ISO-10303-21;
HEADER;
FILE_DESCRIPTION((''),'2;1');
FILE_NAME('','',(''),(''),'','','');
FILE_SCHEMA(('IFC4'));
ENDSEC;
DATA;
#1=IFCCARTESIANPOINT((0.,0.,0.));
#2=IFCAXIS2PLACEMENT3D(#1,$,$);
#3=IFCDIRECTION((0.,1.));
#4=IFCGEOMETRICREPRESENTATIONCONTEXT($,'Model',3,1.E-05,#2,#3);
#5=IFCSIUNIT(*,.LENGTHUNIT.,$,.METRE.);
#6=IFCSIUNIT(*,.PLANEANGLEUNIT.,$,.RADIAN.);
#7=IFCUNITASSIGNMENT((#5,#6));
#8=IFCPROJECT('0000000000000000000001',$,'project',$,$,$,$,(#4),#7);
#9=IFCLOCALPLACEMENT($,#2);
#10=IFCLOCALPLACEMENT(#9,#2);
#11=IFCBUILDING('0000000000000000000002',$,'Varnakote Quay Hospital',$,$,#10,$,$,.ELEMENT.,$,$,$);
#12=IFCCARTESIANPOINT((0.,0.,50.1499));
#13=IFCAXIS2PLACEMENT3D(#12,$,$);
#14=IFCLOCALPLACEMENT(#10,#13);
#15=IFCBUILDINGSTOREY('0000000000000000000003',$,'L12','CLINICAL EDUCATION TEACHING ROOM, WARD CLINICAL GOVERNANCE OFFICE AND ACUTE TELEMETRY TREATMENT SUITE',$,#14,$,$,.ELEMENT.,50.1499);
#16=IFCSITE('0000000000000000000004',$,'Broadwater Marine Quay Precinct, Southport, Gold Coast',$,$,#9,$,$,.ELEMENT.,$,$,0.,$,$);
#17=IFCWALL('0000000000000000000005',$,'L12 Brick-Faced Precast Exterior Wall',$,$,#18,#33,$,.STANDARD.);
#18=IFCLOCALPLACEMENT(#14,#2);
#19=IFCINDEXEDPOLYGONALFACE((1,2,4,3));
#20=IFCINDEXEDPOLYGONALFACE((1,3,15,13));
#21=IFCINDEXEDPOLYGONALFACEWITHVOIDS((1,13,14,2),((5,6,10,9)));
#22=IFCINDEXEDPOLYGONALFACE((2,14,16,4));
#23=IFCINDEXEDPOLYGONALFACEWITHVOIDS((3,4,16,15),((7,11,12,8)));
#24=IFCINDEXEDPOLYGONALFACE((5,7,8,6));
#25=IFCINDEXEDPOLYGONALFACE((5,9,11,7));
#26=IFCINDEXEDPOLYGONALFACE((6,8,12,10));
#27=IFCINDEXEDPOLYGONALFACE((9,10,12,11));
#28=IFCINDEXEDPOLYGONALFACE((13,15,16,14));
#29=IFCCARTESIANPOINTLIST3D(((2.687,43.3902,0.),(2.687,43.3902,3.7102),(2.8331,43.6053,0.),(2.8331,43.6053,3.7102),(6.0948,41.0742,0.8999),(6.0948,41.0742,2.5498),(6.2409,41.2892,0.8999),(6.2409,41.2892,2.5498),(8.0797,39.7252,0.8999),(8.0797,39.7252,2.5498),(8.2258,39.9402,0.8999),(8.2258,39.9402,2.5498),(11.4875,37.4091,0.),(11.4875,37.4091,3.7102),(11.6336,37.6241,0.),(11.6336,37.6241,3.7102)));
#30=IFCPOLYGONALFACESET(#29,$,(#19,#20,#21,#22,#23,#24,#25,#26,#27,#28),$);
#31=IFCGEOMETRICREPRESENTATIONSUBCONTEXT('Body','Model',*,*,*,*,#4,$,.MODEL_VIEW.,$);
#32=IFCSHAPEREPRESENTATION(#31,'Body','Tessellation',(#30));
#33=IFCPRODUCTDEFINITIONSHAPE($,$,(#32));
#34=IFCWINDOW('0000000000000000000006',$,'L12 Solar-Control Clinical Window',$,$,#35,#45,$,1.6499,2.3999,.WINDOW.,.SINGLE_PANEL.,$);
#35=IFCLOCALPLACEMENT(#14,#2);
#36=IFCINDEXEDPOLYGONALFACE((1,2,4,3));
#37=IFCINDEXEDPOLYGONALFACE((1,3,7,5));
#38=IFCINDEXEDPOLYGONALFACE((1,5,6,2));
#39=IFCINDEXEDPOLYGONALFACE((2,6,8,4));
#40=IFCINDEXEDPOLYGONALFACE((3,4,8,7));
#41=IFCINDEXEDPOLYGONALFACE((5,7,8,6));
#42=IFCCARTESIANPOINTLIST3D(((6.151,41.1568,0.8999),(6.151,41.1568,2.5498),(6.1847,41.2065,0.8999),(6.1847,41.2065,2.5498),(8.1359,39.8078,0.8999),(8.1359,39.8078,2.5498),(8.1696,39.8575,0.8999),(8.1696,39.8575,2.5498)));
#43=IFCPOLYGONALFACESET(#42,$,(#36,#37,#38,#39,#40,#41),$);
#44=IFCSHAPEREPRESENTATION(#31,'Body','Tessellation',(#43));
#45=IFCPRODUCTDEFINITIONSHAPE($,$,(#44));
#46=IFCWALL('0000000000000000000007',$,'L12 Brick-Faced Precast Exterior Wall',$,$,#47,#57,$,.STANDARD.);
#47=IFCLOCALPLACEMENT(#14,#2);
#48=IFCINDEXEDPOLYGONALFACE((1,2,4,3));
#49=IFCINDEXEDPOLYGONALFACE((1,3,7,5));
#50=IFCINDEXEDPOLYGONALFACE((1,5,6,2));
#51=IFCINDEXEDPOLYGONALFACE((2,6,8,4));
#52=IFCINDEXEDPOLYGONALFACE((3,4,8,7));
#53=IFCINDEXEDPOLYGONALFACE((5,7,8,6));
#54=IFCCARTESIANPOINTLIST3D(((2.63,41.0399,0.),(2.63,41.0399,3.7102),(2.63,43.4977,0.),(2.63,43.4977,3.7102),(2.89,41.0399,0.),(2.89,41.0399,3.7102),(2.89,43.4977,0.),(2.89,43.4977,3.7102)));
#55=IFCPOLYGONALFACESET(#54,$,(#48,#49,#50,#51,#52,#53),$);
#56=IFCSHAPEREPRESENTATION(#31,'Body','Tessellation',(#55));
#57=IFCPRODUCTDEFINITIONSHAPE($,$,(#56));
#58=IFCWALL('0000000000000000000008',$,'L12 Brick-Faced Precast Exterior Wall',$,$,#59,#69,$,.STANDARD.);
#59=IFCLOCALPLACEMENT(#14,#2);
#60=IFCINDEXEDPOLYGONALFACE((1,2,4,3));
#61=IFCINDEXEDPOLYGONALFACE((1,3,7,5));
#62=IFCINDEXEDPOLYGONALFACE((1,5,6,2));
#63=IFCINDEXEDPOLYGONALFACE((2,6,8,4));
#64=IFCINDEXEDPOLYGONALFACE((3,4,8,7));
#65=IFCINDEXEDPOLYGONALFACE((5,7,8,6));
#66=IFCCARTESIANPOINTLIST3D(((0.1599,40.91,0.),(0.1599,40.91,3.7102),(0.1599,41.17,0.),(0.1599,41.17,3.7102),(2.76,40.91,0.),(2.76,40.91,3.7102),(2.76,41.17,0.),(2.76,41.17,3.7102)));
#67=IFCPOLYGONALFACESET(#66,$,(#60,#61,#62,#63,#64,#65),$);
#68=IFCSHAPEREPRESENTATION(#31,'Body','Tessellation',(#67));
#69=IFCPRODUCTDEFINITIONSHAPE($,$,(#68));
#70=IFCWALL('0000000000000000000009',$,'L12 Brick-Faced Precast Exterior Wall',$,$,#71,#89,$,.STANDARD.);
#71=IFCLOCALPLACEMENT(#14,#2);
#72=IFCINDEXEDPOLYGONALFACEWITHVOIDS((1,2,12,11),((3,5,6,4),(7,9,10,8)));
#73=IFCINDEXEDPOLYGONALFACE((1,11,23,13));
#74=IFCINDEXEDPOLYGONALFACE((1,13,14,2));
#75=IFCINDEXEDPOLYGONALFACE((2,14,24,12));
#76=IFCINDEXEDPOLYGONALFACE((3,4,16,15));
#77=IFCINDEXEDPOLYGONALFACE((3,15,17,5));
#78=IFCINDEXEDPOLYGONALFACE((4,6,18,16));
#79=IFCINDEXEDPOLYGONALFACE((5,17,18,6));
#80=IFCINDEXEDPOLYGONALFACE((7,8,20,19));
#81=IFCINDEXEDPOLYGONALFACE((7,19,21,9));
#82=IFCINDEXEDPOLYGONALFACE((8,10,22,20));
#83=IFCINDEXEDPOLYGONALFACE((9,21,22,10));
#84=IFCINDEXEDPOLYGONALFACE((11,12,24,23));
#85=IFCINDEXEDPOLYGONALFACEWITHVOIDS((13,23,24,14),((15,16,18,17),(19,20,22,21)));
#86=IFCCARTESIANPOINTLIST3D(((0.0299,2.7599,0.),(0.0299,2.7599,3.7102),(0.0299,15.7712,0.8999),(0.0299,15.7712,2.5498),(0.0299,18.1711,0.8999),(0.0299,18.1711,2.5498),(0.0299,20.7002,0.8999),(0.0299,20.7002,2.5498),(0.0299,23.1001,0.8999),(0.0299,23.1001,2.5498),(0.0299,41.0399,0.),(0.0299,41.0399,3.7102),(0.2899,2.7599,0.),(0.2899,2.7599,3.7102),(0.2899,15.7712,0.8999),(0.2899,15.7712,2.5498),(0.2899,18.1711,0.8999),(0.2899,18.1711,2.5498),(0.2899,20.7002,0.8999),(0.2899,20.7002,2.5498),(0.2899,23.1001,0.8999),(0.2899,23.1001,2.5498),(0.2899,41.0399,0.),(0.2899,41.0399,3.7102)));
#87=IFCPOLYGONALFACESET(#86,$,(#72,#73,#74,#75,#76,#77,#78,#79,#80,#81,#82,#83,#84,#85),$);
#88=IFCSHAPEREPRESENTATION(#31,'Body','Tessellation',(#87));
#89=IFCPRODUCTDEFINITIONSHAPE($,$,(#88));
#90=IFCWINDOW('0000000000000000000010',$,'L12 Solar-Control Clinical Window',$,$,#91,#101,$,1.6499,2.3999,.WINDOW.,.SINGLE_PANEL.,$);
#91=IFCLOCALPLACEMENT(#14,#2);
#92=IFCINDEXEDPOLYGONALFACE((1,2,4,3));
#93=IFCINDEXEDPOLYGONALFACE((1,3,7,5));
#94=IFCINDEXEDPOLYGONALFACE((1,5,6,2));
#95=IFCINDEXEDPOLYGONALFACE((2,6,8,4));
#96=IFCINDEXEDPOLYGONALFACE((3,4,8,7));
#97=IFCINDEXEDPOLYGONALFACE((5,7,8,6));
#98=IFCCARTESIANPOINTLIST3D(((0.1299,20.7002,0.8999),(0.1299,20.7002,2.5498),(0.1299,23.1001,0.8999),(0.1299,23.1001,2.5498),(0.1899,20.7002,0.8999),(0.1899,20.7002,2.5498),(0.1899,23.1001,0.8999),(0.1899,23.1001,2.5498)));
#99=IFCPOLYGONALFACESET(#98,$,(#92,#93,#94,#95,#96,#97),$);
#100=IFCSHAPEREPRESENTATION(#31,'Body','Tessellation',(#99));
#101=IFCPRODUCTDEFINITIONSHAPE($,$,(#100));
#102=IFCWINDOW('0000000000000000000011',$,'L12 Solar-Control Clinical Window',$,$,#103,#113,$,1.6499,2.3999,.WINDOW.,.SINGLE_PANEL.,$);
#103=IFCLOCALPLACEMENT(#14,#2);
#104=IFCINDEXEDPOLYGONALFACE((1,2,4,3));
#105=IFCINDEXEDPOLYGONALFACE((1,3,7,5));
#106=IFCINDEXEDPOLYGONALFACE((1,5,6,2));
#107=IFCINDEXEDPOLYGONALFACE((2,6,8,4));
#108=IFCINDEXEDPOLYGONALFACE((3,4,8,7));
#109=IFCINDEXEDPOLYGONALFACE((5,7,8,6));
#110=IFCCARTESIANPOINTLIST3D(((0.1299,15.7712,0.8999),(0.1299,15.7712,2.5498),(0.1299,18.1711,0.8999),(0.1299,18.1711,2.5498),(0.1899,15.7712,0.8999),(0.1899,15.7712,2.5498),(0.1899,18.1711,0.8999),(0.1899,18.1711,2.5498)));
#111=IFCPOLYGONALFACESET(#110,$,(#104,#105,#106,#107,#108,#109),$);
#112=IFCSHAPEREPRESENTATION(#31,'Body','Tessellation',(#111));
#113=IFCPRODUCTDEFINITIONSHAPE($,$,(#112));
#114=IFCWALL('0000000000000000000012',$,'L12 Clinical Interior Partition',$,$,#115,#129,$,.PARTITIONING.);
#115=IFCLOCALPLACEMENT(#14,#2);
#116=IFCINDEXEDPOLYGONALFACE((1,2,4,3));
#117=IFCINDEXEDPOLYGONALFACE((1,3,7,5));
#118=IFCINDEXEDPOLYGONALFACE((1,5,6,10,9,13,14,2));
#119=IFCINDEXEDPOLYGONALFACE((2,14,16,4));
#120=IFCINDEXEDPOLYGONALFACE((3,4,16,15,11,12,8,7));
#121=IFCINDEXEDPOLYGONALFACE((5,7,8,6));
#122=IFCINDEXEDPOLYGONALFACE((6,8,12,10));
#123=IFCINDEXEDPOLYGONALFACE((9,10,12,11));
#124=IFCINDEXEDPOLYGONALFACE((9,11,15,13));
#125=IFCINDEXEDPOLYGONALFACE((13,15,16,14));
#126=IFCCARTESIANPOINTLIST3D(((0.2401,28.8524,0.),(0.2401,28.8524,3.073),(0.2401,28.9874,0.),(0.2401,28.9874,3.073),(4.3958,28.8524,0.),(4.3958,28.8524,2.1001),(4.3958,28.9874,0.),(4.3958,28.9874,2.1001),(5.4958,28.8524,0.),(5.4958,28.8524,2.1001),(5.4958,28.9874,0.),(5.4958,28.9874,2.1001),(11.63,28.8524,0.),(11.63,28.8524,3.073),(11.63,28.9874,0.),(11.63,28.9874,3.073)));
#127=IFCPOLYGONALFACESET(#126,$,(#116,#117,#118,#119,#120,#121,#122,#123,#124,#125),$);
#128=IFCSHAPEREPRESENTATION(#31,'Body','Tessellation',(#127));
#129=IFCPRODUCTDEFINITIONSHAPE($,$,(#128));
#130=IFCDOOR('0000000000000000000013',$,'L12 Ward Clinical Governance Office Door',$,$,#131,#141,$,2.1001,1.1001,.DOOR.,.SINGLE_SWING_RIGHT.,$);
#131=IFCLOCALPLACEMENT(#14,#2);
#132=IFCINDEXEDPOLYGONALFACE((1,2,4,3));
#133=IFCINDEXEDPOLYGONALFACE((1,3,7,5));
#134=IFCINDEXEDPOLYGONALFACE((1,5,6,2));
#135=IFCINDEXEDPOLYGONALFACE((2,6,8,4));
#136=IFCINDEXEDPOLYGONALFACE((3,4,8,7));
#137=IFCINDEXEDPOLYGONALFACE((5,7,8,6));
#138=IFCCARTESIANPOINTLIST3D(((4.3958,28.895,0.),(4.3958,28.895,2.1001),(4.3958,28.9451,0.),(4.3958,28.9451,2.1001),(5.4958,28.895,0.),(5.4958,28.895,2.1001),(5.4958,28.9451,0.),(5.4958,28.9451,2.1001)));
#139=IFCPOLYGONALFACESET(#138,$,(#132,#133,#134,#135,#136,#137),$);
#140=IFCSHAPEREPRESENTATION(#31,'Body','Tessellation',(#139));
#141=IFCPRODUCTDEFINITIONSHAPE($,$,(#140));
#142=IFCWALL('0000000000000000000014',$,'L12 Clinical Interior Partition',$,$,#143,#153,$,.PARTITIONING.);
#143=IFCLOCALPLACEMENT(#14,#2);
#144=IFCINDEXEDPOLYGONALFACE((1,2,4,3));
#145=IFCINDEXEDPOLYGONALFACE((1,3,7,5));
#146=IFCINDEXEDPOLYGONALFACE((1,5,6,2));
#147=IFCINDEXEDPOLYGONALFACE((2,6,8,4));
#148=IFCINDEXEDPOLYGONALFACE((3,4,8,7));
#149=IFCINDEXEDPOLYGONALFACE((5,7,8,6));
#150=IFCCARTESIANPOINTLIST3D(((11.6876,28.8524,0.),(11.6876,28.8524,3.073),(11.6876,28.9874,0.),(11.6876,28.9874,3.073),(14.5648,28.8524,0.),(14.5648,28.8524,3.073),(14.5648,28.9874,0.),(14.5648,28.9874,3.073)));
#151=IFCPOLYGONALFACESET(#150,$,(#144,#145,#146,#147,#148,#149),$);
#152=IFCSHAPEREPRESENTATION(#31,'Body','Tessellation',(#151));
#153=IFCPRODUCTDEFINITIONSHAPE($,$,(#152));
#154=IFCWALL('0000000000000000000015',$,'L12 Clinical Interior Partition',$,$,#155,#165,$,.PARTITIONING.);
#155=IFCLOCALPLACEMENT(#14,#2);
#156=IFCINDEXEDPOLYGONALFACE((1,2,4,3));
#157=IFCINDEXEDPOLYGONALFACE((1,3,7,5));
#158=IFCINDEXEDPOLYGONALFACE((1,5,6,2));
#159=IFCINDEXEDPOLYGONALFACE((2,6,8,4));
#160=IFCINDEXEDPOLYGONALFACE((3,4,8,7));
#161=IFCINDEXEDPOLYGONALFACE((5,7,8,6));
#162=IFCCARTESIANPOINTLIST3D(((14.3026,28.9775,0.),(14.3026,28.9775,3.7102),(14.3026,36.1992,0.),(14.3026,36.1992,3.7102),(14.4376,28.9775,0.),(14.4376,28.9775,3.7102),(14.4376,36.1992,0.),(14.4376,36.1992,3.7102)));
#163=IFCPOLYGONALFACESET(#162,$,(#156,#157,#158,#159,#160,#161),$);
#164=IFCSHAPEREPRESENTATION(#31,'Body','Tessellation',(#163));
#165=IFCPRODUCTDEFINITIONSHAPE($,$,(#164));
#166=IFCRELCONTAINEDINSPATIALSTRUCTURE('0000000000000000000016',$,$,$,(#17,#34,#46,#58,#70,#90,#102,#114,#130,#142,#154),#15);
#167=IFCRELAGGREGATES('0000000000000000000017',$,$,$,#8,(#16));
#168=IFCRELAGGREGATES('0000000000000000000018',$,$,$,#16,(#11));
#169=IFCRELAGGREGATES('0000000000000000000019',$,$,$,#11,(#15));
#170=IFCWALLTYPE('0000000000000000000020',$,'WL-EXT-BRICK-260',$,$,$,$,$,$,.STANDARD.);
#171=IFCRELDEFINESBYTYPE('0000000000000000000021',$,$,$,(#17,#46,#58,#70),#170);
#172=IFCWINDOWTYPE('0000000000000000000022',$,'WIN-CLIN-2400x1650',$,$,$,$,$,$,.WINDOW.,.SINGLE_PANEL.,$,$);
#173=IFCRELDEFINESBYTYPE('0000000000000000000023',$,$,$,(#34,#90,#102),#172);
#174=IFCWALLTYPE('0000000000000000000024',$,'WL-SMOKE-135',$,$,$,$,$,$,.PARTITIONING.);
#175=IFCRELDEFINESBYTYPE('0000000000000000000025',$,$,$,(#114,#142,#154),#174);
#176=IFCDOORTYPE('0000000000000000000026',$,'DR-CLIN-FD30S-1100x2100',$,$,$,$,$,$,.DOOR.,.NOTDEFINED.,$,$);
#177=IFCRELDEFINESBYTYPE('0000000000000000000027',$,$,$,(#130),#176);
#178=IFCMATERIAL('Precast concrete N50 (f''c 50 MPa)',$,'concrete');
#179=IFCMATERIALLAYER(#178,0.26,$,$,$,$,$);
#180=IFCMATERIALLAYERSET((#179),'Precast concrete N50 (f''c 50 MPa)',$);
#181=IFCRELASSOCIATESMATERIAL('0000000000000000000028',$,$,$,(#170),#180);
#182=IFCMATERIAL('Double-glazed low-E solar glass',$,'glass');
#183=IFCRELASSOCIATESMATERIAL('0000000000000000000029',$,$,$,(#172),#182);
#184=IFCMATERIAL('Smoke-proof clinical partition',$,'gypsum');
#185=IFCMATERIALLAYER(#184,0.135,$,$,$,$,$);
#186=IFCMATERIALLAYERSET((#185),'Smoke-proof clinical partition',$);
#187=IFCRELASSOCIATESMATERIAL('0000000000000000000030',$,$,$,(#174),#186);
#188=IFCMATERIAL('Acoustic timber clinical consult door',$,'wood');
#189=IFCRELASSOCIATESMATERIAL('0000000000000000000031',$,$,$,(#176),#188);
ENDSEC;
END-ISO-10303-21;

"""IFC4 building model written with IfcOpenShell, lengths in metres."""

from ifc_helpers import new_model, si_unit, direction, frame, frame_2d, origin, place, context, subcontext, project, spatial, rectangle, extrude, material, layer, layer_set, type_object, element, fill, save


model = new_model("IFC4")

# Units and contexts
model_context = context("Model", 3, precision=1e-05, world=origin(), true_north=direction((0.0, 1.0)))
body_context = subcontext(model_context, "Body", "Model", "MODEL_VIEW")
ifc_project = project(units=[si_unit("LENGTHUNIT", "METRE"), si_unit("PLANEANGLEUNIT", "RADIAN")], contexts=[model_context])

# Site, building, storey
site_placement = place(None, origin())
site = spatial("IfcSite", under=ifc_project, at=site_placement, Name="Broadwater Marine Quay Precinct, Southport, Gold Coast", CompositionType="ELEMENT", RefElevation=0.0)
building_placement = place(site_placement, origin())
building = spatial("IfcBuilding", under=site, at=building_placement, Name="Varnakote Quay Hospital", CompositionType="ELEMENT")
storey_placement = place(building_placement, frame((0.0, 0.0, 50.1499)))
storey = spatial("IfcBuildingStorey", under=building, at=storey_placement, Name="L12", Description="CLINICAL EDUCATION TEACHING ROOM, WARD CLINICAL GOVERNANCE OFFICE AND ACUTE TELEMETRY TREATMENT SUITE", CompositionType="ELEMENT", Elevation=50.1499)

# Wall, opening, window
ifc_material_1 = material(Name="Precast concrete N50 (f'c 50 MPa)", Category="concrete")
ifc_layer_1 = layer(ifc_material_1, 0.26)
ifc_layer_set_1 = layer_set([ifc_layer_1], Name="Precast concrete N50 (f'c 50 MPa)")
wall_type_1 = type_object("IfcWallType", Name="WL-EXT-BRICK-260", PredefinedType="STANDARD", material=ifc_layer_set_1)
wall_1_placement = place(storey_placement, frame((11.5605, 37.5166, 0.0), z_axis=(0.0, 0.0, 1.0), x_axis=(-0.827065, 0.562107, 0.0)))
wall_1 = element("IfcWall", 1, at=wall_1_placement, inside=storey, type_object=wall_type_1, Name="L12 Brick-Faced Precast Exterior Wall", PredefinedType="STANDARD", context=body_context, shape_type="SweptSolid", body=[
    extrude(rectangle(XDim=10.6406, YDim=0.26, at=frame_2d((5.3203, 0.0))), origin(), (0.0, 0.0, 1.0), 3.7102),
])
opening_1_placement = place(wall_1_placement, frame((4.1204, 0.0, 0.8999)))
opening_1 = element("IfcOpeningElement", 2, at=opening_1_placement, cuts=wall_1, PredefinedType="OPENING", context=body_context, shape_type="SweptSolid", body=[
    extrude(rectangle(XDim=2.3999, YDim=1.6499, at=frame_2d((1.2, 0.825))), frame((0.0, 0.1399, 0.0), z_axis=(0.0, -1.0, 0.0), x_axis=(1.0, 0.0, 0.0)), (0.0, 0.0, 1.0), 0.28),
])
ifc_material_2 = material(Name="Double-glazed low-E solar glass", Category="glass")
window_type = type_object("IfcWindowType", Name="WIN-CLIN-2400x1650", PartitioningType="SINGLE_PANEL", PredefinedType="WINDOW", material=ifc_material_2)
window_1_placement = place(opening_1_placement, origin())
window_1 = element("IfcWindow", 3, at=window_1_placement, inside=storey, type_object=window_type, Name="L12 Solar-Control Clinical Window", OverallHeight=1.6499, OverallWidth=2.3999, PartitioningType="SINGLE_PANEL", PredefinedType="WINDOW", context=body_context, shape_type="SweptSolid", body=[
    extrude(rectangle(XDim=2.3999, YDim=1.6499, at=frame_2d((1.2, 0.825))), frame((0.0, 0.03, 0.0), z_axis=(0.0, -1.0, 0.0), x_axis=(1.0, 0.0, 0.0)), (0.0, 0.0, 1.0), 0.0601),
])
fill(opening_1, window_1)

# Walls
wall_2_placement = place(storey_placement, frame((2.76, 43.4978, 0.0), z_axis=(0.0, 0.0, 1.0), x_axis=(0.0, -1.0, 0.0)))
element("IfcWall", 4, at=wall_2_placement, inside=storey, type_object=wall_type_1, Name="L12 Brick-Faced Precast Exterior Wall", PredefinedType="STANDARD", context=body_context, shape_type="SweptSolid", body=[
    extrude(rectangle(XDim=2.4578, YDim=0.26, at=frame_2d((1.229, 0.0))), origin(), (0.0, 0.0, 1.0), 3.7102),
])
wall_3_placement = place(storey_placement, frame((2.76, 41.04, 0.0), z_axis=(0.0, 0.0, 1.0), x_axis=(-1.0, 0.0, 0.0)))
element("IfcWall", 5, at=wall_3_placement, inside=storey, type_object=wall_type_1, Name="L12 Brick-Faced Precast Exterior Wall", PredefinedType="STANDARD", context=body_context, shape_type="SweptSolid", body=[
    extrude(rectangle(XDim=2.6001, YDim=0.26, at=frame_2d((1.3, 0.0))), origin(), (0.0, 0.0, 1.0), 3.7102),
])

# Wall, openings, windows
wall_4_placement = place(storey_placement, frame((0.1599, 41.04, 0.0), z_axis=(0.0, 0.0, 1.0), x_axis=(0.0, -1.0, 0.0)))
wall_4 = element("IfcWall", 6, at=wall_4_placement, inside=storey, type_object=wall_type_1, Name="L12 Brick-Faced Precast Exterior Wall", PredefinedType="STANDARD", context=body_context, shape_type="SweptSolid", body=[
    extrude(rectangle(XDim=38.28, YDim=0.26, at=frame_2d((19.1401, 0.0))), origin(), (0.0, 0.0, 1.0), 3.7102),
])
opening_2_placement = place(wall_4_placement, frame((17.9399, 0.0, 0.8999)))
opening_2 = element("IfcOpeningElement", 7, at=opening_2_placement, cuts=wall_4, PredefinedType="OPENING", context=body_context, shape_type="SweptSolid", body=[
    extrude(rectangle(XDim=2.3999, YDim=1.6499, at=frame_2d((1.2, 0.825))), frame((0.0, 0.1399, 0.0), z_axis=(0.0, -1.0, 0.0), x_axis=(1.0, 0.0, 0.0)), (0.0, 0.0, 1.0), 0.28),
])
opening_3_placement = place(wall_4_placement, frame((22.8689, 0.0, 0.8999)))
opening_3 = element("IfcOpeningElement", 8, at=opening_3_placement, cuts=wall_4, PredefinedType="OPENING", context=body_context, shape_type="SweptSolid", body=[
    extrude(rectangle(XDim=2.3999, YDim=1.6499, at=frame_2d((1.2, 0.825))), frame((0.0, 0.1399, 0.0), z_axis=(0.0, -1.0, 0.0), x_axis=(1.0, 0.0, 0.0)), (0.0, 0.0, 1.0), 0.28),
])
window_2_placement = place(opening_2_placement, origin())
window_2 = element("IfcWindow", 9, at=window_2_placement, inside=storey, type_object=window_type, Name="L12 Solar-Control Clinical Window", OverallHeight=1.6499, OverallWidth=2.3999, PartitioningType="SINGLE_PANEL", PredefinedType="WINDOW", context=body_context, shape_type="SweptSolid", body=[
    extrude(rectangle(XDim=2.3999, YDim=1.6499, at=frame_2d((1.2, 0.825))), frame((0.0, 0.03, 0.0), z_axis=(0.0, -1.0, 0.0), x_axis=(1.0, 0.0, 0.0)), (0.0, 0.0, 1.0), 0.0601),
])
fill(opening_2, window_2)
window_3_placement = place(opening_3_placement, origin())
window_3 = element("IfcWindow", 10, at=window_3_placement, inside=storey, type_object=window_type, Name="L12 Solar-Control Clinical Window", OverallHeight=1.6499, OverallWidth=2.3999, PartitioningType="SINGLE_PANEL", PredefinedType="WINDOW", context=body_context, shape_type="SweptSolid", body=[
    extrude(rectangle(XDim=2.3999, YDim=1.6499, at=frame_2d((1.2, 0.825))), frame((0.0, 0.03, 0.0), z_axis=(0.0, -1.0, 0.0), x_axis=(1.0, 0.0, 0.0)), (0.0, 0.0, 1.0), 0.0601),
])
fill(opening_3, window_3)

# Wall, opening, door
ifc_material_3 = material(Name="Smoke-proof clinical partition", Category="gypsum")
ifc_layer_2 = layer(ifc_material_3, 0.135)
ifc_layer_set_2 = layer_set([ifc_layer_2], Name="Smoke-proof clinical partition")
wall_type_2 = type_object("IfcWallType", Name="WL-SMOKE-135", PredefinedType="PARTITIONING", material=ifc_layer_set_2)
wall_5_placement = place(storey_placement, frame((11.6299, 28.9199, 0.0), z_axis=(0.0, 0.0, 1.0), x_axis=(-1.0, 0.0, 0.0)))
wall_5 = element("IfcWall", 11, at=wall_5_placement, inside=storey, type_object=wall_type_2, Name="L12 Clinical Interior Partition", PredefinedType="PARTITIONING", context=body_context, shape_type="SweptSolid", body=[
    extrude(rectangle(XDim=11.3899, YDim=0.135, at=frame_2d((5.6948, 0.0))), origin(), (0.0, 0.0, 1.0), 3.073),
])
opening_4_placement = place(wall_5_placement, frame((6.134, 0.0, 0.0)))
opening_4 = element("IfcOpeningElement", 12, at=opening_4_placement, cuts=wall_5, PredefinedType="OPENING", context=body_context, shape_type="SweptSolid", body=[
    extrude(rectangle(XDim=1.1001, YDim=2.1001, at=frame_2d((0.55, 1.05))), frame((0.0, 0.0774, 0.0), z_axis=(0.0, -1.0, 0.0), x_axis=(1.0, 0.0, 0.0)), (0.0, 0.0, 1.0), 0.155),
])
ifc_material_4 = material(Name="Acoustic timber clinical consult door", Category="wood")
door_type = type_object("IfcDoorType", Name="DR-CLIN-FD30S-1100x2100", OperationType="NOTDEFINED", PredefinedType="DOOR", material=ifc_material_4)
door_placement = place(opening_4_placement, origin())
door = element("IfcDoor", 13, at=door_placement, inside=storey, type_object=door_type, Name="L12 Ward Clinical Governance Office Door", OperationType="SINGLE_SWING_RIGHT", OverallHeight=2.1001, OverallWidth=1.1001, PredefinedType="DOOR", context=body_context, shape_type="SweptSolid", body=[
    extrude(rectangle(XDim=1.1001, YDim=2.1001, at=frame_2d((0.55, 1.05))), frame((0.0, 0.0249, 0.0), z_axis=(0.0, -1.0, 0.0), x_axis=(1.0, 0.0, 0.0)), (0.0, 0.0, 1.0), 0.05),
])
fill(opening_4, door)

# Walls
wall_6_placement = place(storey_placement, frame((14.5647, 28.9199, 0.0), z_axis=(0.0, 0.0, 1.0), x_axis=(-1.0, 0.0, 0.0)))
element("IfcWall", 14, at=wall_6_placement, inside=storey, type_object=wall_type_2, Name="L12 Clinical Interior Partition", PredefinedType="PARTITIONING", context=body_context, shape_type="SweptSolid", body=[
    extrude(rectangle(XDim=2.8772, YDim=0.135, at=frame_2d((1.4385, 0.0))), origin(), (0.0, 0.0, 1.0), 3.073),
])
wall_7_placement = place(storey_placement, frame((14.3701, 28.9775, 0.0), z_axis=(0.0, 0.0, 1.0), x_axis=(0.0, 1.0, 0.0)))
element("IfcWall", 15, at=wall_7_placement, inside=storey, type_object=wall_type_2, Name="L12 Clinical Interior Partition", PredefinedType="PARTITIONING", context=body_context, shape_type="SweptSolid", body=[
    extrude(rectangle(XDim=7.2217, YDim=0.135, at=frame_2d((3.6108, 0.0))), origin(), (0.0, 0.0, 1.0), 3.7102),
])

save(model, "model.ifc")
